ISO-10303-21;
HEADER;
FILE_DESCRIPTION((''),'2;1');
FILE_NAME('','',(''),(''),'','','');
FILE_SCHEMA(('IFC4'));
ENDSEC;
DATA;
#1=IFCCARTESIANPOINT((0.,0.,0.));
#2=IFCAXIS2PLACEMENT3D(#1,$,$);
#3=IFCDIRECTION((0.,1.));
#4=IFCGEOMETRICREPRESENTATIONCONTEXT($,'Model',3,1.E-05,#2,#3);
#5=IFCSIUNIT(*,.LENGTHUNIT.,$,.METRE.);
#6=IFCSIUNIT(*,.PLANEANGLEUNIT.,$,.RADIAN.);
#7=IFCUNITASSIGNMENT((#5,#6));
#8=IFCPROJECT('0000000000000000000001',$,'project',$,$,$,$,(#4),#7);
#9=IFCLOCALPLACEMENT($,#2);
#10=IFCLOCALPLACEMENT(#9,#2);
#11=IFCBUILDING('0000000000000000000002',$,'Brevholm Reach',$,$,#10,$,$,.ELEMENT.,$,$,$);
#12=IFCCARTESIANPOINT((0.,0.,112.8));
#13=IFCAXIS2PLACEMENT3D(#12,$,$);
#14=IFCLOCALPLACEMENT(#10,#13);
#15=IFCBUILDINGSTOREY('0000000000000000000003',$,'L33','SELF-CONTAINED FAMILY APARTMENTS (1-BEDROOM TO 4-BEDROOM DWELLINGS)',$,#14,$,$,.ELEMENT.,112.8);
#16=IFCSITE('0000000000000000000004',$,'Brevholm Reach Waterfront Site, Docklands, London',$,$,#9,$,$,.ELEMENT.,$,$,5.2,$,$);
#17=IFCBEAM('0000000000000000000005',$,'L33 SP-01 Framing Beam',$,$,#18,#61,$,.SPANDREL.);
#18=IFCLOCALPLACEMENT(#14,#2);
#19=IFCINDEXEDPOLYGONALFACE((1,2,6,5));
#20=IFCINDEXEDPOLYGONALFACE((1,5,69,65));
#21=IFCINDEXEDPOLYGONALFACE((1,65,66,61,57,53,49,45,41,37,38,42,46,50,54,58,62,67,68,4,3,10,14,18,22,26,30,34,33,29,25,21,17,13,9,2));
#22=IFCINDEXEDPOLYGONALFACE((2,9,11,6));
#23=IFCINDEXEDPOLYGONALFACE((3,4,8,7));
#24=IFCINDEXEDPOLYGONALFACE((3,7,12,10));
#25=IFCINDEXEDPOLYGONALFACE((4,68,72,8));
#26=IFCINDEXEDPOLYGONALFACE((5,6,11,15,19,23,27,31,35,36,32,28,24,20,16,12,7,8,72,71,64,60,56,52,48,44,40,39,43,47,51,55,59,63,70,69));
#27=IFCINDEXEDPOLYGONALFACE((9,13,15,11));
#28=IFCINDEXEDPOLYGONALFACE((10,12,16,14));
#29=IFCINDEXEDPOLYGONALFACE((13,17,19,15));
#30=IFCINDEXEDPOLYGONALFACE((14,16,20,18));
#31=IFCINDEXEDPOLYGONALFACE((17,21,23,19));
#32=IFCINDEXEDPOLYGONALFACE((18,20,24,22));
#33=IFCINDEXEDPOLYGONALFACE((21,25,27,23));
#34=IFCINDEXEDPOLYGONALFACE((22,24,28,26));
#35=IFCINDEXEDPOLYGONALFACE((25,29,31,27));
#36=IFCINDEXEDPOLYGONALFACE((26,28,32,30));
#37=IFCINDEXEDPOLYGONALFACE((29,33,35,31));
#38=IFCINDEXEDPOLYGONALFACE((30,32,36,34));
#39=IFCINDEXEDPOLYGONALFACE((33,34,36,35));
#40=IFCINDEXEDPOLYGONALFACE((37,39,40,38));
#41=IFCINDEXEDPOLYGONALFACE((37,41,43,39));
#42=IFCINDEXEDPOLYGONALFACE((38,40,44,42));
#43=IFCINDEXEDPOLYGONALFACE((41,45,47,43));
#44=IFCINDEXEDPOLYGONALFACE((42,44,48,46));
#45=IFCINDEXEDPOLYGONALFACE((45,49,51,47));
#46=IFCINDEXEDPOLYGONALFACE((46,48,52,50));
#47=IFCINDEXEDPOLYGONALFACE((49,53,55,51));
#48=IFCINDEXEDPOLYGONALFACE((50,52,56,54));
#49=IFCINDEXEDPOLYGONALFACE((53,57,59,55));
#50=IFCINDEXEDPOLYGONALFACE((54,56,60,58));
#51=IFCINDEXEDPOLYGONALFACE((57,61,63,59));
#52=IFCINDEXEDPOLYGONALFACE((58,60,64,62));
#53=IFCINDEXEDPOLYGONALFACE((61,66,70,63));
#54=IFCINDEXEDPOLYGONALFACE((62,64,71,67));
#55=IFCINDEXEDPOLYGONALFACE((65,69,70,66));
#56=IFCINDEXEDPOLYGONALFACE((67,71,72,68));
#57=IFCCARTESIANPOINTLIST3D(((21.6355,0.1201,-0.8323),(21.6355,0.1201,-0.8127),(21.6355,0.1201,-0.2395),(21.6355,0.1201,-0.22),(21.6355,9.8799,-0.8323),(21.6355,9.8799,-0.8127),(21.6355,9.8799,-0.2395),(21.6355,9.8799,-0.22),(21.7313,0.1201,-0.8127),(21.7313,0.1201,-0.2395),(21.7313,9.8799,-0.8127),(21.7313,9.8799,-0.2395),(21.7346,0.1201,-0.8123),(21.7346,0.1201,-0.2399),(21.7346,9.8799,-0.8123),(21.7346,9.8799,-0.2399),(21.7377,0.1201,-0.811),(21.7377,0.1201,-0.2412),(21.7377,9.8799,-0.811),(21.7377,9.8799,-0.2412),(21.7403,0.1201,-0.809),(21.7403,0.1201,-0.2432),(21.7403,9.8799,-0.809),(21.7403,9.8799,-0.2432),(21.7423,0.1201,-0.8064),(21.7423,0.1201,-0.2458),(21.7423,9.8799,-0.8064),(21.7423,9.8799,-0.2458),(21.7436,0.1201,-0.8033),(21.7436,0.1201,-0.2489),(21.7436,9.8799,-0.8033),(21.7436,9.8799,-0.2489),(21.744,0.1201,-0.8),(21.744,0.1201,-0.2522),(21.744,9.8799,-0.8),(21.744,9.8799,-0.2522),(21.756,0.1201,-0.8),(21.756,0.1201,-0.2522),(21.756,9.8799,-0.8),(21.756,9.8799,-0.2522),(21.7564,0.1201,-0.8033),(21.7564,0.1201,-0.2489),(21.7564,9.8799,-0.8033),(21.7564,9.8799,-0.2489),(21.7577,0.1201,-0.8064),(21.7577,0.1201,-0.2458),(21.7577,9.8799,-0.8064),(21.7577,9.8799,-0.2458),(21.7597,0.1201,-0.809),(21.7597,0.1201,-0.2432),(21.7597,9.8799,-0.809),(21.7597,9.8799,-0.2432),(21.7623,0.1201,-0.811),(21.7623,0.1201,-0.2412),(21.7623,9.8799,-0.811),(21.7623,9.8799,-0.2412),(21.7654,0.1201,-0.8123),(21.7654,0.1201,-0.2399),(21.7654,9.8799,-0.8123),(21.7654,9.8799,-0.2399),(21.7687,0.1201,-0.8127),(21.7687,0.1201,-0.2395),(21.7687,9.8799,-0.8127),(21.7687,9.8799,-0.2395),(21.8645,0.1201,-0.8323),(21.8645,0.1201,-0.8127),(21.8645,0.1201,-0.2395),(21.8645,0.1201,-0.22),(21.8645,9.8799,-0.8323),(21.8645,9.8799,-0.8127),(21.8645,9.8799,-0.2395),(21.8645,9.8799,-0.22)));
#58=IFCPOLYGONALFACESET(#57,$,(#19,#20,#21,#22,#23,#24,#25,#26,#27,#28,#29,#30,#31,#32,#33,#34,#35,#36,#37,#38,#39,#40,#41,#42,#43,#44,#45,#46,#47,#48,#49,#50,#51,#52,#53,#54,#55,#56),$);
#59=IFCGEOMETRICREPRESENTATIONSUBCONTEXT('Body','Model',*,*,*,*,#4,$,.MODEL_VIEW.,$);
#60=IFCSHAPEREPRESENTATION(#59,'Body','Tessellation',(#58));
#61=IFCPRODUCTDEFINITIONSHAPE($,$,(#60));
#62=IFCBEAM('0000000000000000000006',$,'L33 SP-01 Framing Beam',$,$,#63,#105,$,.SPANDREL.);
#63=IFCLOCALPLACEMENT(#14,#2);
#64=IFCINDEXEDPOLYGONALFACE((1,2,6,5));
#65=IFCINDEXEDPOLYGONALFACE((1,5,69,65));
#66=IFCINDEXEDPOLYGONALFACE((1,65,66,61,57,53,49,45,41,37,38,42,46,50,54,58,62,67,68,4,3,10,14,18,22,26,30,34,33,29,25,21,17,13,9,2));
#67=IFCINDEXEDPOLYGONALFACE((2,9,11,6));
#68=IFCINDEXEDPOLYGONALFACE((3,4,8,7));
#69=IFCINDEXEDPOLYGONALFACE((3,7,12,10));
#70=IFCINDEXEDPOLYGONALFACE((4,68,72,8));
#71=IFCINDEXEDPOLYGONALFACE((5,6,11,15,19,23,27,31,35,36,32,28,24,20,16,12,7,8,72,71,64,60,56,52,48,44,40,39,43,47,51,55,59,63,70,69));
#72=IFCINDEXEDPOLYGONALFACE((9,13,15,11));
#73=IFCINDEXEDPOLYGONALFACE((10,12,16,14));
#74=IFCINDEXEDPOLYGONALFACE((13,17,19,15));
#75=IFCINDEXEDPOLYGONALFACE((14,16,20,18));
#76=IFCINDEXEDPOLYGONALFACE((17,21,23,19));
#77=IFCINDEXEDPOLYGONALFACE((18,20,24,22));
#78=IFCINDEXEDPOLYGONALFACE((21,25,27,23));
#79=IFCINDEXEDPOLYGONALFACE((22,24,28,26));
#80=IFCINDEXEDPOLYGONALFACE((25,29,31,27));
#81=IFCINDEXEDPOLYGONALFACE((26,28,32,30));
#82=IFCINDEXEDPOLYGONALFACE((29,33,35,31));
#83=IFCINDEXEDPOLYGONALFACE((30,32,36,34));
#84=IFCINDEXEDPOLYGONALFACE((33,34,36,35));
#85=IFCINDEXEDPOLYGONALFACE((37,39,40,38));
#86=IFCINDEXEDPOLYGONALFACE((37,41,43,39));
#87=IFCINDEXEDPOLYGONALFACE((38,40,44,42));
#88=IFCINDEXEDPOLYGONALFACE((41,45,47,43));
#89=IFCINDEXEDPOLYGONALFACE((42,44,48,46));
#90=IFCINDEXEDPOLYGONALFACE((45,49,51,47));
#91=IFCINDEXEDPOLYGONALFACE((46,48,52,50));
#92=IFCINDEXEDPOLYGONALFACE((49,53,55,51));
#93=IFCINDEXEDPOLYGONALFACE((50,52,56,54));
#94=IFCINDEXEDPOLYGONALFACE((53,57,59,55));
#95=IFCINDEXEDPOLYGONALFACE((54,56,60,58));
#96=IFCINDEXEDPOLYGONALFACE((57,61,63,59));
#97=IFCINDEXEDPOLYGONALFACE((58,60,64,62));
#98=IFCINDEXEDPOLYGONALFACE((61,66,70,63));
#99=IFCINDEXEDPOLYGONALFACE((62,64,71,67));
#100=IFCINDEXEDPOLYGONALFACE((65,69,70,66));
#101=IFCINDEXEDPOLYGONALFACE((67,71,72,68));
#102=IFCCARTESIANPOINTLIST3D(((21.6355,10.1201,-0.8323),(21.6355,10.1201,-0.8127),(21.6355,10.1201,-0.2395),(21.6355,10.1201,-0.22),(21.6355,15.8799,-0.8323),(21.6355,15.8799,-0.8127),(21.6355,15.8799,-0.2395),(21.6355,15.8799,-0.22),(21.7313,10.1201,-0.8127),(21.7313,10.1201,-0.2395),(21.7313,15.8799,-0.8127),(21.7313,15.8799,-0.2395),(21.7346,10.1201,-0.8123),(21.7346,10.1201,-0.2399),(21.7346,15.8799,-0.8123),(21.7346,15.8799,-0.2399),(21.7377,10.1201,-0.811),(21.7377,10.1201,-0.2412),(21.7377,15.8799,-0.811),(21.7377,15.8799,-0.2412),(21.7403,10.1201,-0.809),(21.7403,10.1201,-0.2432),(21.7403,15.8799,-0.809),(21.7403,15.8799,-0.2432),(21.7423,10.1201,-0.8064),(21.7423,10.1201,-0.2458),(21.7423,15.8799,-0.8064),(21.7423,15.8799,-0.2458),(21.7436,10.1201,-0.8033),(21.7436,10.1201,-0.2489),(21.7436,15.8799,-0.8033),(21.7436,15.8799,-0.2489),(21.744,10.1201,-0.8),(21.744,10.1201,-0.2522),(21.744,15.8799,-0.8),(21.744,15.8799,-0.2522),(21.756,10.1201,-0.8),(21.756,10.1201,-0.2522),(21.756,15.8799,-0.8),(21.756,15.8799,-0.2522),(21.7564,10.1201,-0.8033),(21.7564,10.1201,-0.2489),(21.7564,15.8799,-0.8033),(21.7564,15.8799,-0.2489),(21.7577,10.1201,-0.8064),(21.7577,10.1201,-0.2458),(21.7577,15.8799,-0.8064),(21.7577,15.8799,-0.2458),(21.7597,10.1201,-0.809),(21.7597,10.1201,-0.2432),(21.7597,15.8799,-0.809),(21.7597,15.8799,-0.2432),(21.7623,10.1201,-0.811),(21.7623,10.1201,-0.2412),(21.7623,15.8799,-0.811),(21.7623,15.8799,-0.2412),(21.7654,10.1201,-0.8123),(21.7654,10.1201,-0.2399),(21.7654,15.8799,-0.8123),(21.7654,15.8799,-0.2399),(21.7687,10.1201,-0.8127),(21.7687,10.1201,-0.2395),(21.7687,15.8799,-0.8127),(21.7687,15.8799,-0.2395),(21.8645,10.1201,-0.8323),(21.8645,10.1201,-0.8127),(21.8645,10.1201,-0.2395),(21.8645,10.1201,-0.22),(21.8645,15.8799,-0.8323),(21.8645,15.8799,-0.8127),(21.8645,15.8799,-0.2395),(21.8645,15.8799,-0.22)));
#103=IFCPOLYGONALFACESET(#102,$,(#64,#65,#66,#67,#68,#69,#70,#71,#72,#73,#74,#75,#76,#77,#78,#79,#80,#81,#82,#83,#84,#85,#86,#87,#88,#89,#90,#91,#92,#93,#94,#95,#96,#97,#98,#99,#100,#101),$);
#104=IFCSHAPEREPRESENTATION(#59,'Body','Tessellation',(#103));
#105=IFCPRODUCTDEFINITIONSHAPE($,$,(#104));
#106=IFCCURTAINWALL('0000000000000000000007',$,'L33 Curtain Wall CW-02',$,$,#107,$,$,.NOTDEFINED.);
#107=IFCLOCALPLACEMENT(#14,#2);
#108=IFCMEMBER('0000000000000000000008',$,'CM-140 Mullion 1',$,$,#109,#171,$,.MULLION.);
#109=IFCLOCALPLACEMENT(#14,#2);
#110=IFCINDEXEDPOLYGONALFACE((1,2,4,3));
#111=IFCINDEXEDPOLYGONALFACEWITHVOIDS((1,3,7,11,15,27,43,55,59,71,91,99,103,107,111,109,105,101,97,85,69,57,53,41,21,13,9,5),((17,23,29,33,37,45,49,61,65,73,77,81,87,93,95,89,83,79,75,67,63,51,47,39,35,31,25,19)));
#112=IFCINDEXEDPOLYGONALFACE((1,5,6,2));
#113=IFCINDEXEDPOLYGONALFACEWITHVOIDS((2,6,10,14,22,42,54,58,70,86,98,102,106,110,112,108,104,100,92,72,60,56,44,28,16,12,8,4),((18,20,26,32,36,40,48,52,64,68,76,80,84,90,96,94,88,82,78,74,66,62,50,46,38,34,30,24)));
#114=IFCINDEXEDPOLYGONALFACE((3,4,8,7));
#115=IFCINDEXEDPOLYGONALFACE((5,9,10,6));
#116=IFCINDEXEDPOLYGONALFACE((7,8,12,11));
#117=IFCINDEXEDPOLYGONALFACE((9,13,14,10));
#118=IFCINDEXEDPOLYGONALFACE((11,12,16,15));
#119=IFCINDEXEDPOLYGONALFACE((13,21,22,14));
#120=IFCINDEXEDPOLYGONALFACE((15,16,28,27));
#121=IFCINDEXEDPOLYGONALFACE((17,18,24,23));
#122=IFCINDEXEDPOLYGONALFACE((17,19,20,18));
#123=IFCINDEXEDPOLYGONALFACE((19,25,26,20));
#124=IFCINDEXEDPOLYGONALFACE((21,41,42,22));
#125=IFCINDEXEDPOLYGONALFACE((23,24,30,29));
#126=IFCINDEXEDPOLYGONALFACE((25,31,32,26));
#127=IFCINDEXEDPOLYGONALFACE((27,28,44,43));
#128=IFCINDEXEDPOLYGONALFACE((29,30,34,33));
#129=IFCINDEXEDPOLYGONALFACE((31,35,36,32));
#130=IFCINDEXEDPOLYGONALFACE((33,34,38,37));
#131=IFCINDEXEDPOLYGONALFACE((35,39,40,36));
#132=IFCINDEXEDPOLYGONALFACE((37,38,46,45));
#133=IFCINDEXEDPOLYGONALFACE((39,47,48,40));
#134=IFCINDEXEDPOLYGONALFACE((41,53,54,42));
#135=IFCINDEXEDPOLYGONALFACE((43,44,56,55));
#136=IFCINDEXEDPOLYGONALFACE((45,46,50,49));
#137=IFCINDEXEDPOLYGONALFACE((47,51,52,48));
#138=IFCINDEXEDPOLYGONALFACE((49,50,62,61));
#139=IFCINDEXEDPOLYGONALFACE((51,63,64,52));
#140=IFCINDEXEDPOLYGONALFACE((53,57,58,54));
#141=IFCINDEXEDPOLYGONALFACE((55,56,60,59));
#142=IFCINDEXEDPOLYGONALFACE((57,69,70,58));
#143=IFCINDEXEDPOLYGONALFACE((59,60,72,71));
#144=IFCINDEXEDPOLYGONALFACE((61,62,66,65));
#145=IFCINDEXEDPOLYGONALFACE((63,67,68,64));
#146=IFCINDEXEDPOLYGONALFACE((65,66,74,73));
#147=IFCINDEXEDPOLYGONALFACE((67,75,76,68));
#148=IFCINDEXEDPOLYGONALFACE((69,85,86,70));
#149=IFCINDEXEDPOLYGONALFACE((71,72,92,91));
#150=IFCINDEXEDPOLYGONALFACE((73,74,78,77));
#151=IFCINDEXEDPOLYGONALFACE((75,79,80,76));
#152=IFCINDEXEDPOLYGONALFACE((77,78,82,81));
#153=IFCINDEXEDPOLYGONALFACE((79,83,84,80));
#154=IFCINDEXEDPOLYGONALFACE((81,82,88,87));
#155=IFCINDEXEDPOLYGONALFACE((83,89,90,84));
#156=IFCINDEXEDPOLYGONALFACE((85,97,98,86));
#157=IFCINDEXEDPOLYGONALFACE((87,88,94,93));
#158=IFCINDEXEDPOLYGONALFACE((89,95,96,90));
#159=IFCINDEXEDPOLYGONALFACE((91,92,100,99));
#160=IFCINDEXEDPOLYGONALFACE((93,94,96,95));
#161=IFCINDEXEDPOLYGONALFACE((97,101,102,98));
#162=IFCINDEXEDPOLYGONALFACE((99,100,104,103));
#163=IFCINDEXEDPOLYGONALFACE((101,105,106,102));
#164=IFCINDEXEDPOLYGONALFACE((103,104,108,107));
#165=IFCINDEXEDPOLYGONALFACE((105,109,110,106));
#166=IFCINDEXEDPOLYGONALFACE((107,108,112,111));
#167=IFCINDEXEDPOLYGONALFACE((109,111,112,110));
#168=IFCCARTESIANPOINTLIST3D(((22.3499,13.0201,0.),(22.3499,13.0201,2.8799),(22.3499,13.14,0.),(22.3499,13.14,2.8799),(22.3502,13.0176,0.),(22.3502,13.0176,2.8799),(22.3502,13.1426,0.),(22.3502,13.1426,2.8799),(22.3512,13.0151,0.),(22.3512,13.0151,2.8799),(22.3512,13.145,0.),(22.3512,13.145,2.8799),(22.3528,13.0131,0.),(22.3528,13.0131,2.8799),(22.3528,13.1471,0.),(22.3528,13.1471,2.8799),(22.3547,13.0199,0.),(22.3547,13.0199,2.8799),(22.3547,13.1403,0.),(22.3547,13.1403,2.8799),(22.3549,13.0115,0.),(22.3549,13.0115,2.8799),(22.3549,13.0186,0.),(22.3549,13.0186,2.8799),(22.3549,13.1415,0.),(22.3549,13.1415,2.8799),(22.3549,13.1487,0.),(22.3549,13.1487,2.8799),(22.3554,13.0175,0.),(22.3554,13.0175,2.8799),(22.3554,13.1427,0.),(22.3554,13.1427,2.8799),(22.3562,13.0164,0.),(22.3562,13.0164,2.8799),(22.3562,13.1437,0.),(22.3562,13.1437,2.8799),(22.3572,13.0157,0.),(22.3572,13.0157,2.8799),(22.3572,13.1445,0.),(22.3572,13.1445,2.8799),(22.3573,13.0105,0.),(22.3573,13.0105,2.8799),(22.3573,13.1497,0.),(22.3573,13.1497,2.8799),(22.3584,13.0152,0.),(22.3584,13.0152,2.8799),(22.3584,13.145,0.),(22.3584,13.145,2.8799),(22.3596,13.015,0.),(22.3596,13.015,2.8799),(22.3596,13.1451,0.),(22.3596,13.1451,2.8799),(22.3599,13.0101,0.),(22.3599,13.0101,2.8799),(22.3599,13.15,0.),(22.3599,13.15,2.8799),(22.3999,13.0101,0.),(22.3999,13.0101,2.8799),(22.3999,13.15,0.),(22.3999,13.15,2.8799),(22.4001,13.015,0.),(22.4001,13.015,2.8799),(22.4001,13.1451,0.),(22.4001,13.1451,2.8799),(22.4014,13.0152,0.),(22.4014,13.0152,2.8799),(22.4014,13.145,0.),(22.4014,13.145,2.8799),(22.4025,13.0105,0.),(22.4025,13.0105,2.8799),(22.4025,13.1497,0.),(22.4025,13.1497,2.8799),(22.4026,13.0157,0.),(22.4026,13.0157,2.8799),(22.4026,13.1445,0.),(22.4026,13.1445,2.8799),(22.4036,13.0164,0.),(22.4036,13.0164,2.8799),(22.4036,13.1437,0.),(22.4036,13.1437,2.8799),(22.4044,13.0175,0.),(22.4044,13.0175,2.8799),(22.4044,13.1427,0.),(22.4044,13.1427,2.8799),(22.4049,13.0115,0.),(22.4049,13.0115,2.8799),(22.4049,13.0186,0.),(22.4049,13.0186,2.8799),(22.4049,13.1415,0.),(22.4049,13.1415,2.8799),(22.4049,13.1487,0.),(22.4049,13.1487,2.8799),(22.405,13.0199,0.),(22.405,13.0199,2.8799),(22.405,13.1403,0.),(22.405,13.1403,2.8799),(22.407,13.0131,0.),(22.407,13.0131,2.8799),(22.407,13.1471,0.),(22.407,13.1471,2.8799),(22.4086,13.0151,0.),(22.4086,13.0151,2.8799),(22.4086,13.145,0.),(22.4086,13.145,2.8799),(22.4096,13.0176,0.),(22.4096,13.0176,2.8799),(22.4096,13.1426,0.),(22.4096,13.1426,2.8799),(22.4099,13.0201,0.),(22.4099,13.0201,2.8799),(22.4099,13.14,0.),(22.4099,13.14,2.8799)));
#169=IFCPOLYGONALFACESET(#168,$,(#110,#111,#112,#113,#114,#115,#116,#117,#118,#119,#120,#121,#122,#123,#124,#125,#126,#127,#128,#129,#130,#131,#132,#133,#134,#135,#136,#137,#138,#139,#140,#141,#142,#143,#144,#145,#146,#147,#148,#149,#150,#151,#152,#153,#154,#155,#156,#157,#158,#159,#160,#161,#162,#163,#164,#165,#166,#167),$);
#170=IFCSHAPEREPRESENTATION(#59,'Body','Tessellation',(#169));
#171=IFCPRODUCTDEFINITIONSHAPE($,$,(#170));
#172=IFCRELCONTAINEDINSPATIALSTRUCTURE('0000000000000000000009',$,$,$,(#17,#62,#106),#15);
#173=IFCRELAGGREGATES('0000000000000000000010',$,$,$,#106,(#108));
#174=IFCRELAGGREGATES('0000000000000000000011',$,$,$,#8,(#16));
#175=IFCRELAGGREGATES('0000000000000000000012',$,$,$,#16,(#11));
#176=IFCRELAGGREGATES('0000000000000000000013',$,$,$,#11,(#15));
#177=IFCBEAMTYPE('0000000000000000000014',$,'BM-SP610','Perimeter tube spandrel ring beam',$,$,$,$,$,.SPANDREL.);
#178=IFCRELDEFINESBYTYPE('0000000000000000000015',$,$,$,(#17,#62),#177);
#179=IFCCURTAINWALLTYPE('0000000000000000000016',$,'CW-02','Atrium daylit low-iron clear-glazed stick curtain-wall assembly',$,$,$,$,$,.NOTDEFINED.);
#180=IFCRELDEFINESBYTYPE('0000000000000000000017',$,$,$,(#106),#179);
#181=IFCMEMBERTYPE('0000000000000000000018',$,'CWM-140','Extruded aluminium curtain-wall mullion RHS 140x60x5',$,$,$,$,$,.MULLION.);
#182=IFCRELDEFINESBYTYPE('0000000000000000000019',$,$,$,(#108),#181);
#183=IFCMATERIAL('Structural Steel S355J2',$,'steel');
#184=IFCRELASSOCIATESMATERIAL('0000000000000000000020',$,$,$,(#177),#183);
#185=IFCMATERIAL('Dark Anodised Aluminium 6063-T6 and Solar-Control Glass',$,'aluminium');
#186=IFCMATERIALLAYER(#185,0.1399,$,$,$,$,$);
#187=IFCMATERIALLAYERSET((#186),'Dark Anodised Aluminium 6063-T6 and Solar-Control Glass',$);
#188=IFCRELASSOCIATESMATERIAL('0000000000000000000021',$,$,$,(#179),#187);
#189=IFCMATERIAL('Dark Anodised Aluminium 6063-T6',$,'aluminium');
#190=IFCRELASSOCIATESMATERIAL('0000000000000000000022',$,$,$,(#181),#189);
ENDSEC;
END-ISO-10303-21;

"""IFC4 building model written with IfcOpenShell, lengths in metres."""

from ifc_helpers import new_model, si_unit, direction, frame, origin, origin_2d, place, context, subcontext, project, spatial, hollow_rectangle, i_section, extrude, material, layer, layer_set, material_profile, profile_set, type_object, element, aggregate, save


model = new_model("IFC4")

# Units and contexts
model_context = context("Model", 3, precision=1e-05, world=origin(), true_north=direction((0.0, 1.0)))
body_context = subcontext(model_context, "Body", "Model", "MODEL_VIEW")
ifc_project = project(units=[si_unit("LENGTHUNIT", "METRE"), si_unit("PLANEANGLEUNIT", "RADIAN")], contexts=[model_context])

# Site, building, storey
site_placement = place(None, origin())
site = spatial("IfcSite", under=ifc_project, at=site_placement, Name="Brevholm Reach Waterfront Site, Docklands, London", CompositionType="ELEMENT", RefElevation=5.2)
building_placement = place(site_placement, origin())
building = spatial("IfcBuilding", under=site, at=building_placement, Name="Brevholm Reach", CompositionType="ELEMENT")
storey_placement = place(building_placement, frame((0.0, 0.0, 112.8)))
storey = spatial("IfcBuildingStorey", under=building, at=storey_placement, Name="L33", Description="SELF-CONTAINED FAMILY APARTMENTS (1-BEDROOM TO 4-BEDROOM DWELLINGS)", CompositionType="ELEMENT", Elevation=112.8)

# Beams
ifc_material_1 = material(Name="Structural Steel S355J2", Category="steel")
ifc_material_profile_1 = material_profile(ifc_material_1, i_section(OverallWidth=0.229, OverallDepth=0.6123, WebThickness=0.012, FlangeThickness=0.0195, FilletRadius=0.0127, at=origin_2d()), Name="UKB 610x229x125")
ifc_profile_set_1 = profile_set([ifc_material_profile_1], Name="Structural Steel S355J2")
beam_type_1 = type_object("IfcBeamType", Name="BM-SP610", Description="Perimeter tube spandrel ring beam", PredefinedType="SPANDREL", material=ifc_profile_set_1)
beam_1_placement = place(storey_placement, frame((21.75, 0.1201, -0.5261), z_axis=(0.0, 1.0, 0.0), x_axis=(-1.0, 0.0, 0.0)))
element("IfcBeam", 1, at=beam_1_placement, inside=storey, type_object=beam_type_1, Name="L33 SP-01 Framing Beam", PredefinedType="SPANDREL", context=body_context, shape_type="SweptSolid", body=[
    extrude(i_section(OverallWidth=0.229, OverallDepth=0.6123, WebThickness=0.012, FlangeThickness=0.0195, FilletRadius=0.0127, at=origin_2d()), origin(), (0.0, 0.0, 1.0), 9.7598),
])
beam_2_placement = place(storey_placement, frame((21.75, 10.1201, -0.5261), z_axis=(0.0, 1.0, 0.0), x_axis=(-1.0, 0.0, 0.0)))
element("IfcBeam", 2, at=beam_2_placement, inside=storey, type_object=beam_type_1, Name="L33 SP-01 Framing Beam", PredefinedType="SPANDREL", context=body_context, shape_type="SweptSolid", body=[
    extrude(i_section(OverallWidth=0.229, OverallDepth=0.6123, WebThickness=0.012, FlangeThickness=0.0195, FilletRadius=0.0127, at=origin_2d()), origin(), (0.0, 0.0, 1.0), 5.7598),
])

# Curtain wall, member
ifc_material_2 = material(Name="Dark Anodised Aluminium 6063-T6 and Solar-Control Glass", Category="aluminium")
ifc_layer_1 = layer(ifc_material_2, 0.1399)
ifc_layer_set_1 = layer_set([ifc_layer_1], Name="Dark Anodised Aluminium 6063-T6 and Solar-Control Glass")
curtain_wall_type = type_object("IfcCurtainWallType", Name="CW-02", Description="Atrium daylit low-iron clear-glazed stick curtain-wall assembly", PredefinedType="NOTDEFINED", material=ifc_layer_set_1)
curtain_wall_placement = place(storey_placement, origin())
curtain_wall = element("IfcCurtainWall", 3, at=curtain_wall_placement, inside=storey, type_object=curtain_wall_type, Name="L33 Curtain Wall CW-02", PredefinedType="NOTDEFINED")
ifc_material_3 = material(Name="Dark Anodised Aluminium 6063-T6", Category="aluminium")
ifc_material_profile_2 = material_profile(ifc_material_3, hollow_rectangle(XDim=0.0601, YDim=0.1399, WallThickness=0.0049, InnerFilletRadius=0.0049, OuterFilletRadius=0.01, at=origin_2d()), Name="RHS 140x60x5")
ifc_profile_set_2 = profile_set([ifc_material_profile_2], Name="Dark Anodised Aluminium 6063-T6")
member_type_1 = type_object("IfcMemberType", Name="CWM-140", Description="Extruded aluminium curtain-wall mullion RHS 140x60x5", PredefinedType="MULLION", material=ifc_profile_set_2)
member_1_placement = place(storey_placement, frame((22.3799, 13.0801, 0.0), z_axis=(0.0, 0.0, 1.0), x_axis=(1.0, 0.0, 0.0)))
member_1 = element("IfcMember", 4, at=member_1_placement, type_object=member_type_1, Name="CM-140 Mullion 1", PredefinedType="MULLION", context=body_context, shape_type="SweptSolid", body=[
    extrude(hollow_rectangle(XDim=0.0601, YDim=0.1399, WallThickness=0.0049, InnerFilletRadius=0.0049, OuterFilletRadius=0.01, at=origin_2d()), origin(), (0.0, 0.0, 1.0), 2.8799),
])
aggregate(curtain_wall, [member_1])

save(model, "model.ifc")
